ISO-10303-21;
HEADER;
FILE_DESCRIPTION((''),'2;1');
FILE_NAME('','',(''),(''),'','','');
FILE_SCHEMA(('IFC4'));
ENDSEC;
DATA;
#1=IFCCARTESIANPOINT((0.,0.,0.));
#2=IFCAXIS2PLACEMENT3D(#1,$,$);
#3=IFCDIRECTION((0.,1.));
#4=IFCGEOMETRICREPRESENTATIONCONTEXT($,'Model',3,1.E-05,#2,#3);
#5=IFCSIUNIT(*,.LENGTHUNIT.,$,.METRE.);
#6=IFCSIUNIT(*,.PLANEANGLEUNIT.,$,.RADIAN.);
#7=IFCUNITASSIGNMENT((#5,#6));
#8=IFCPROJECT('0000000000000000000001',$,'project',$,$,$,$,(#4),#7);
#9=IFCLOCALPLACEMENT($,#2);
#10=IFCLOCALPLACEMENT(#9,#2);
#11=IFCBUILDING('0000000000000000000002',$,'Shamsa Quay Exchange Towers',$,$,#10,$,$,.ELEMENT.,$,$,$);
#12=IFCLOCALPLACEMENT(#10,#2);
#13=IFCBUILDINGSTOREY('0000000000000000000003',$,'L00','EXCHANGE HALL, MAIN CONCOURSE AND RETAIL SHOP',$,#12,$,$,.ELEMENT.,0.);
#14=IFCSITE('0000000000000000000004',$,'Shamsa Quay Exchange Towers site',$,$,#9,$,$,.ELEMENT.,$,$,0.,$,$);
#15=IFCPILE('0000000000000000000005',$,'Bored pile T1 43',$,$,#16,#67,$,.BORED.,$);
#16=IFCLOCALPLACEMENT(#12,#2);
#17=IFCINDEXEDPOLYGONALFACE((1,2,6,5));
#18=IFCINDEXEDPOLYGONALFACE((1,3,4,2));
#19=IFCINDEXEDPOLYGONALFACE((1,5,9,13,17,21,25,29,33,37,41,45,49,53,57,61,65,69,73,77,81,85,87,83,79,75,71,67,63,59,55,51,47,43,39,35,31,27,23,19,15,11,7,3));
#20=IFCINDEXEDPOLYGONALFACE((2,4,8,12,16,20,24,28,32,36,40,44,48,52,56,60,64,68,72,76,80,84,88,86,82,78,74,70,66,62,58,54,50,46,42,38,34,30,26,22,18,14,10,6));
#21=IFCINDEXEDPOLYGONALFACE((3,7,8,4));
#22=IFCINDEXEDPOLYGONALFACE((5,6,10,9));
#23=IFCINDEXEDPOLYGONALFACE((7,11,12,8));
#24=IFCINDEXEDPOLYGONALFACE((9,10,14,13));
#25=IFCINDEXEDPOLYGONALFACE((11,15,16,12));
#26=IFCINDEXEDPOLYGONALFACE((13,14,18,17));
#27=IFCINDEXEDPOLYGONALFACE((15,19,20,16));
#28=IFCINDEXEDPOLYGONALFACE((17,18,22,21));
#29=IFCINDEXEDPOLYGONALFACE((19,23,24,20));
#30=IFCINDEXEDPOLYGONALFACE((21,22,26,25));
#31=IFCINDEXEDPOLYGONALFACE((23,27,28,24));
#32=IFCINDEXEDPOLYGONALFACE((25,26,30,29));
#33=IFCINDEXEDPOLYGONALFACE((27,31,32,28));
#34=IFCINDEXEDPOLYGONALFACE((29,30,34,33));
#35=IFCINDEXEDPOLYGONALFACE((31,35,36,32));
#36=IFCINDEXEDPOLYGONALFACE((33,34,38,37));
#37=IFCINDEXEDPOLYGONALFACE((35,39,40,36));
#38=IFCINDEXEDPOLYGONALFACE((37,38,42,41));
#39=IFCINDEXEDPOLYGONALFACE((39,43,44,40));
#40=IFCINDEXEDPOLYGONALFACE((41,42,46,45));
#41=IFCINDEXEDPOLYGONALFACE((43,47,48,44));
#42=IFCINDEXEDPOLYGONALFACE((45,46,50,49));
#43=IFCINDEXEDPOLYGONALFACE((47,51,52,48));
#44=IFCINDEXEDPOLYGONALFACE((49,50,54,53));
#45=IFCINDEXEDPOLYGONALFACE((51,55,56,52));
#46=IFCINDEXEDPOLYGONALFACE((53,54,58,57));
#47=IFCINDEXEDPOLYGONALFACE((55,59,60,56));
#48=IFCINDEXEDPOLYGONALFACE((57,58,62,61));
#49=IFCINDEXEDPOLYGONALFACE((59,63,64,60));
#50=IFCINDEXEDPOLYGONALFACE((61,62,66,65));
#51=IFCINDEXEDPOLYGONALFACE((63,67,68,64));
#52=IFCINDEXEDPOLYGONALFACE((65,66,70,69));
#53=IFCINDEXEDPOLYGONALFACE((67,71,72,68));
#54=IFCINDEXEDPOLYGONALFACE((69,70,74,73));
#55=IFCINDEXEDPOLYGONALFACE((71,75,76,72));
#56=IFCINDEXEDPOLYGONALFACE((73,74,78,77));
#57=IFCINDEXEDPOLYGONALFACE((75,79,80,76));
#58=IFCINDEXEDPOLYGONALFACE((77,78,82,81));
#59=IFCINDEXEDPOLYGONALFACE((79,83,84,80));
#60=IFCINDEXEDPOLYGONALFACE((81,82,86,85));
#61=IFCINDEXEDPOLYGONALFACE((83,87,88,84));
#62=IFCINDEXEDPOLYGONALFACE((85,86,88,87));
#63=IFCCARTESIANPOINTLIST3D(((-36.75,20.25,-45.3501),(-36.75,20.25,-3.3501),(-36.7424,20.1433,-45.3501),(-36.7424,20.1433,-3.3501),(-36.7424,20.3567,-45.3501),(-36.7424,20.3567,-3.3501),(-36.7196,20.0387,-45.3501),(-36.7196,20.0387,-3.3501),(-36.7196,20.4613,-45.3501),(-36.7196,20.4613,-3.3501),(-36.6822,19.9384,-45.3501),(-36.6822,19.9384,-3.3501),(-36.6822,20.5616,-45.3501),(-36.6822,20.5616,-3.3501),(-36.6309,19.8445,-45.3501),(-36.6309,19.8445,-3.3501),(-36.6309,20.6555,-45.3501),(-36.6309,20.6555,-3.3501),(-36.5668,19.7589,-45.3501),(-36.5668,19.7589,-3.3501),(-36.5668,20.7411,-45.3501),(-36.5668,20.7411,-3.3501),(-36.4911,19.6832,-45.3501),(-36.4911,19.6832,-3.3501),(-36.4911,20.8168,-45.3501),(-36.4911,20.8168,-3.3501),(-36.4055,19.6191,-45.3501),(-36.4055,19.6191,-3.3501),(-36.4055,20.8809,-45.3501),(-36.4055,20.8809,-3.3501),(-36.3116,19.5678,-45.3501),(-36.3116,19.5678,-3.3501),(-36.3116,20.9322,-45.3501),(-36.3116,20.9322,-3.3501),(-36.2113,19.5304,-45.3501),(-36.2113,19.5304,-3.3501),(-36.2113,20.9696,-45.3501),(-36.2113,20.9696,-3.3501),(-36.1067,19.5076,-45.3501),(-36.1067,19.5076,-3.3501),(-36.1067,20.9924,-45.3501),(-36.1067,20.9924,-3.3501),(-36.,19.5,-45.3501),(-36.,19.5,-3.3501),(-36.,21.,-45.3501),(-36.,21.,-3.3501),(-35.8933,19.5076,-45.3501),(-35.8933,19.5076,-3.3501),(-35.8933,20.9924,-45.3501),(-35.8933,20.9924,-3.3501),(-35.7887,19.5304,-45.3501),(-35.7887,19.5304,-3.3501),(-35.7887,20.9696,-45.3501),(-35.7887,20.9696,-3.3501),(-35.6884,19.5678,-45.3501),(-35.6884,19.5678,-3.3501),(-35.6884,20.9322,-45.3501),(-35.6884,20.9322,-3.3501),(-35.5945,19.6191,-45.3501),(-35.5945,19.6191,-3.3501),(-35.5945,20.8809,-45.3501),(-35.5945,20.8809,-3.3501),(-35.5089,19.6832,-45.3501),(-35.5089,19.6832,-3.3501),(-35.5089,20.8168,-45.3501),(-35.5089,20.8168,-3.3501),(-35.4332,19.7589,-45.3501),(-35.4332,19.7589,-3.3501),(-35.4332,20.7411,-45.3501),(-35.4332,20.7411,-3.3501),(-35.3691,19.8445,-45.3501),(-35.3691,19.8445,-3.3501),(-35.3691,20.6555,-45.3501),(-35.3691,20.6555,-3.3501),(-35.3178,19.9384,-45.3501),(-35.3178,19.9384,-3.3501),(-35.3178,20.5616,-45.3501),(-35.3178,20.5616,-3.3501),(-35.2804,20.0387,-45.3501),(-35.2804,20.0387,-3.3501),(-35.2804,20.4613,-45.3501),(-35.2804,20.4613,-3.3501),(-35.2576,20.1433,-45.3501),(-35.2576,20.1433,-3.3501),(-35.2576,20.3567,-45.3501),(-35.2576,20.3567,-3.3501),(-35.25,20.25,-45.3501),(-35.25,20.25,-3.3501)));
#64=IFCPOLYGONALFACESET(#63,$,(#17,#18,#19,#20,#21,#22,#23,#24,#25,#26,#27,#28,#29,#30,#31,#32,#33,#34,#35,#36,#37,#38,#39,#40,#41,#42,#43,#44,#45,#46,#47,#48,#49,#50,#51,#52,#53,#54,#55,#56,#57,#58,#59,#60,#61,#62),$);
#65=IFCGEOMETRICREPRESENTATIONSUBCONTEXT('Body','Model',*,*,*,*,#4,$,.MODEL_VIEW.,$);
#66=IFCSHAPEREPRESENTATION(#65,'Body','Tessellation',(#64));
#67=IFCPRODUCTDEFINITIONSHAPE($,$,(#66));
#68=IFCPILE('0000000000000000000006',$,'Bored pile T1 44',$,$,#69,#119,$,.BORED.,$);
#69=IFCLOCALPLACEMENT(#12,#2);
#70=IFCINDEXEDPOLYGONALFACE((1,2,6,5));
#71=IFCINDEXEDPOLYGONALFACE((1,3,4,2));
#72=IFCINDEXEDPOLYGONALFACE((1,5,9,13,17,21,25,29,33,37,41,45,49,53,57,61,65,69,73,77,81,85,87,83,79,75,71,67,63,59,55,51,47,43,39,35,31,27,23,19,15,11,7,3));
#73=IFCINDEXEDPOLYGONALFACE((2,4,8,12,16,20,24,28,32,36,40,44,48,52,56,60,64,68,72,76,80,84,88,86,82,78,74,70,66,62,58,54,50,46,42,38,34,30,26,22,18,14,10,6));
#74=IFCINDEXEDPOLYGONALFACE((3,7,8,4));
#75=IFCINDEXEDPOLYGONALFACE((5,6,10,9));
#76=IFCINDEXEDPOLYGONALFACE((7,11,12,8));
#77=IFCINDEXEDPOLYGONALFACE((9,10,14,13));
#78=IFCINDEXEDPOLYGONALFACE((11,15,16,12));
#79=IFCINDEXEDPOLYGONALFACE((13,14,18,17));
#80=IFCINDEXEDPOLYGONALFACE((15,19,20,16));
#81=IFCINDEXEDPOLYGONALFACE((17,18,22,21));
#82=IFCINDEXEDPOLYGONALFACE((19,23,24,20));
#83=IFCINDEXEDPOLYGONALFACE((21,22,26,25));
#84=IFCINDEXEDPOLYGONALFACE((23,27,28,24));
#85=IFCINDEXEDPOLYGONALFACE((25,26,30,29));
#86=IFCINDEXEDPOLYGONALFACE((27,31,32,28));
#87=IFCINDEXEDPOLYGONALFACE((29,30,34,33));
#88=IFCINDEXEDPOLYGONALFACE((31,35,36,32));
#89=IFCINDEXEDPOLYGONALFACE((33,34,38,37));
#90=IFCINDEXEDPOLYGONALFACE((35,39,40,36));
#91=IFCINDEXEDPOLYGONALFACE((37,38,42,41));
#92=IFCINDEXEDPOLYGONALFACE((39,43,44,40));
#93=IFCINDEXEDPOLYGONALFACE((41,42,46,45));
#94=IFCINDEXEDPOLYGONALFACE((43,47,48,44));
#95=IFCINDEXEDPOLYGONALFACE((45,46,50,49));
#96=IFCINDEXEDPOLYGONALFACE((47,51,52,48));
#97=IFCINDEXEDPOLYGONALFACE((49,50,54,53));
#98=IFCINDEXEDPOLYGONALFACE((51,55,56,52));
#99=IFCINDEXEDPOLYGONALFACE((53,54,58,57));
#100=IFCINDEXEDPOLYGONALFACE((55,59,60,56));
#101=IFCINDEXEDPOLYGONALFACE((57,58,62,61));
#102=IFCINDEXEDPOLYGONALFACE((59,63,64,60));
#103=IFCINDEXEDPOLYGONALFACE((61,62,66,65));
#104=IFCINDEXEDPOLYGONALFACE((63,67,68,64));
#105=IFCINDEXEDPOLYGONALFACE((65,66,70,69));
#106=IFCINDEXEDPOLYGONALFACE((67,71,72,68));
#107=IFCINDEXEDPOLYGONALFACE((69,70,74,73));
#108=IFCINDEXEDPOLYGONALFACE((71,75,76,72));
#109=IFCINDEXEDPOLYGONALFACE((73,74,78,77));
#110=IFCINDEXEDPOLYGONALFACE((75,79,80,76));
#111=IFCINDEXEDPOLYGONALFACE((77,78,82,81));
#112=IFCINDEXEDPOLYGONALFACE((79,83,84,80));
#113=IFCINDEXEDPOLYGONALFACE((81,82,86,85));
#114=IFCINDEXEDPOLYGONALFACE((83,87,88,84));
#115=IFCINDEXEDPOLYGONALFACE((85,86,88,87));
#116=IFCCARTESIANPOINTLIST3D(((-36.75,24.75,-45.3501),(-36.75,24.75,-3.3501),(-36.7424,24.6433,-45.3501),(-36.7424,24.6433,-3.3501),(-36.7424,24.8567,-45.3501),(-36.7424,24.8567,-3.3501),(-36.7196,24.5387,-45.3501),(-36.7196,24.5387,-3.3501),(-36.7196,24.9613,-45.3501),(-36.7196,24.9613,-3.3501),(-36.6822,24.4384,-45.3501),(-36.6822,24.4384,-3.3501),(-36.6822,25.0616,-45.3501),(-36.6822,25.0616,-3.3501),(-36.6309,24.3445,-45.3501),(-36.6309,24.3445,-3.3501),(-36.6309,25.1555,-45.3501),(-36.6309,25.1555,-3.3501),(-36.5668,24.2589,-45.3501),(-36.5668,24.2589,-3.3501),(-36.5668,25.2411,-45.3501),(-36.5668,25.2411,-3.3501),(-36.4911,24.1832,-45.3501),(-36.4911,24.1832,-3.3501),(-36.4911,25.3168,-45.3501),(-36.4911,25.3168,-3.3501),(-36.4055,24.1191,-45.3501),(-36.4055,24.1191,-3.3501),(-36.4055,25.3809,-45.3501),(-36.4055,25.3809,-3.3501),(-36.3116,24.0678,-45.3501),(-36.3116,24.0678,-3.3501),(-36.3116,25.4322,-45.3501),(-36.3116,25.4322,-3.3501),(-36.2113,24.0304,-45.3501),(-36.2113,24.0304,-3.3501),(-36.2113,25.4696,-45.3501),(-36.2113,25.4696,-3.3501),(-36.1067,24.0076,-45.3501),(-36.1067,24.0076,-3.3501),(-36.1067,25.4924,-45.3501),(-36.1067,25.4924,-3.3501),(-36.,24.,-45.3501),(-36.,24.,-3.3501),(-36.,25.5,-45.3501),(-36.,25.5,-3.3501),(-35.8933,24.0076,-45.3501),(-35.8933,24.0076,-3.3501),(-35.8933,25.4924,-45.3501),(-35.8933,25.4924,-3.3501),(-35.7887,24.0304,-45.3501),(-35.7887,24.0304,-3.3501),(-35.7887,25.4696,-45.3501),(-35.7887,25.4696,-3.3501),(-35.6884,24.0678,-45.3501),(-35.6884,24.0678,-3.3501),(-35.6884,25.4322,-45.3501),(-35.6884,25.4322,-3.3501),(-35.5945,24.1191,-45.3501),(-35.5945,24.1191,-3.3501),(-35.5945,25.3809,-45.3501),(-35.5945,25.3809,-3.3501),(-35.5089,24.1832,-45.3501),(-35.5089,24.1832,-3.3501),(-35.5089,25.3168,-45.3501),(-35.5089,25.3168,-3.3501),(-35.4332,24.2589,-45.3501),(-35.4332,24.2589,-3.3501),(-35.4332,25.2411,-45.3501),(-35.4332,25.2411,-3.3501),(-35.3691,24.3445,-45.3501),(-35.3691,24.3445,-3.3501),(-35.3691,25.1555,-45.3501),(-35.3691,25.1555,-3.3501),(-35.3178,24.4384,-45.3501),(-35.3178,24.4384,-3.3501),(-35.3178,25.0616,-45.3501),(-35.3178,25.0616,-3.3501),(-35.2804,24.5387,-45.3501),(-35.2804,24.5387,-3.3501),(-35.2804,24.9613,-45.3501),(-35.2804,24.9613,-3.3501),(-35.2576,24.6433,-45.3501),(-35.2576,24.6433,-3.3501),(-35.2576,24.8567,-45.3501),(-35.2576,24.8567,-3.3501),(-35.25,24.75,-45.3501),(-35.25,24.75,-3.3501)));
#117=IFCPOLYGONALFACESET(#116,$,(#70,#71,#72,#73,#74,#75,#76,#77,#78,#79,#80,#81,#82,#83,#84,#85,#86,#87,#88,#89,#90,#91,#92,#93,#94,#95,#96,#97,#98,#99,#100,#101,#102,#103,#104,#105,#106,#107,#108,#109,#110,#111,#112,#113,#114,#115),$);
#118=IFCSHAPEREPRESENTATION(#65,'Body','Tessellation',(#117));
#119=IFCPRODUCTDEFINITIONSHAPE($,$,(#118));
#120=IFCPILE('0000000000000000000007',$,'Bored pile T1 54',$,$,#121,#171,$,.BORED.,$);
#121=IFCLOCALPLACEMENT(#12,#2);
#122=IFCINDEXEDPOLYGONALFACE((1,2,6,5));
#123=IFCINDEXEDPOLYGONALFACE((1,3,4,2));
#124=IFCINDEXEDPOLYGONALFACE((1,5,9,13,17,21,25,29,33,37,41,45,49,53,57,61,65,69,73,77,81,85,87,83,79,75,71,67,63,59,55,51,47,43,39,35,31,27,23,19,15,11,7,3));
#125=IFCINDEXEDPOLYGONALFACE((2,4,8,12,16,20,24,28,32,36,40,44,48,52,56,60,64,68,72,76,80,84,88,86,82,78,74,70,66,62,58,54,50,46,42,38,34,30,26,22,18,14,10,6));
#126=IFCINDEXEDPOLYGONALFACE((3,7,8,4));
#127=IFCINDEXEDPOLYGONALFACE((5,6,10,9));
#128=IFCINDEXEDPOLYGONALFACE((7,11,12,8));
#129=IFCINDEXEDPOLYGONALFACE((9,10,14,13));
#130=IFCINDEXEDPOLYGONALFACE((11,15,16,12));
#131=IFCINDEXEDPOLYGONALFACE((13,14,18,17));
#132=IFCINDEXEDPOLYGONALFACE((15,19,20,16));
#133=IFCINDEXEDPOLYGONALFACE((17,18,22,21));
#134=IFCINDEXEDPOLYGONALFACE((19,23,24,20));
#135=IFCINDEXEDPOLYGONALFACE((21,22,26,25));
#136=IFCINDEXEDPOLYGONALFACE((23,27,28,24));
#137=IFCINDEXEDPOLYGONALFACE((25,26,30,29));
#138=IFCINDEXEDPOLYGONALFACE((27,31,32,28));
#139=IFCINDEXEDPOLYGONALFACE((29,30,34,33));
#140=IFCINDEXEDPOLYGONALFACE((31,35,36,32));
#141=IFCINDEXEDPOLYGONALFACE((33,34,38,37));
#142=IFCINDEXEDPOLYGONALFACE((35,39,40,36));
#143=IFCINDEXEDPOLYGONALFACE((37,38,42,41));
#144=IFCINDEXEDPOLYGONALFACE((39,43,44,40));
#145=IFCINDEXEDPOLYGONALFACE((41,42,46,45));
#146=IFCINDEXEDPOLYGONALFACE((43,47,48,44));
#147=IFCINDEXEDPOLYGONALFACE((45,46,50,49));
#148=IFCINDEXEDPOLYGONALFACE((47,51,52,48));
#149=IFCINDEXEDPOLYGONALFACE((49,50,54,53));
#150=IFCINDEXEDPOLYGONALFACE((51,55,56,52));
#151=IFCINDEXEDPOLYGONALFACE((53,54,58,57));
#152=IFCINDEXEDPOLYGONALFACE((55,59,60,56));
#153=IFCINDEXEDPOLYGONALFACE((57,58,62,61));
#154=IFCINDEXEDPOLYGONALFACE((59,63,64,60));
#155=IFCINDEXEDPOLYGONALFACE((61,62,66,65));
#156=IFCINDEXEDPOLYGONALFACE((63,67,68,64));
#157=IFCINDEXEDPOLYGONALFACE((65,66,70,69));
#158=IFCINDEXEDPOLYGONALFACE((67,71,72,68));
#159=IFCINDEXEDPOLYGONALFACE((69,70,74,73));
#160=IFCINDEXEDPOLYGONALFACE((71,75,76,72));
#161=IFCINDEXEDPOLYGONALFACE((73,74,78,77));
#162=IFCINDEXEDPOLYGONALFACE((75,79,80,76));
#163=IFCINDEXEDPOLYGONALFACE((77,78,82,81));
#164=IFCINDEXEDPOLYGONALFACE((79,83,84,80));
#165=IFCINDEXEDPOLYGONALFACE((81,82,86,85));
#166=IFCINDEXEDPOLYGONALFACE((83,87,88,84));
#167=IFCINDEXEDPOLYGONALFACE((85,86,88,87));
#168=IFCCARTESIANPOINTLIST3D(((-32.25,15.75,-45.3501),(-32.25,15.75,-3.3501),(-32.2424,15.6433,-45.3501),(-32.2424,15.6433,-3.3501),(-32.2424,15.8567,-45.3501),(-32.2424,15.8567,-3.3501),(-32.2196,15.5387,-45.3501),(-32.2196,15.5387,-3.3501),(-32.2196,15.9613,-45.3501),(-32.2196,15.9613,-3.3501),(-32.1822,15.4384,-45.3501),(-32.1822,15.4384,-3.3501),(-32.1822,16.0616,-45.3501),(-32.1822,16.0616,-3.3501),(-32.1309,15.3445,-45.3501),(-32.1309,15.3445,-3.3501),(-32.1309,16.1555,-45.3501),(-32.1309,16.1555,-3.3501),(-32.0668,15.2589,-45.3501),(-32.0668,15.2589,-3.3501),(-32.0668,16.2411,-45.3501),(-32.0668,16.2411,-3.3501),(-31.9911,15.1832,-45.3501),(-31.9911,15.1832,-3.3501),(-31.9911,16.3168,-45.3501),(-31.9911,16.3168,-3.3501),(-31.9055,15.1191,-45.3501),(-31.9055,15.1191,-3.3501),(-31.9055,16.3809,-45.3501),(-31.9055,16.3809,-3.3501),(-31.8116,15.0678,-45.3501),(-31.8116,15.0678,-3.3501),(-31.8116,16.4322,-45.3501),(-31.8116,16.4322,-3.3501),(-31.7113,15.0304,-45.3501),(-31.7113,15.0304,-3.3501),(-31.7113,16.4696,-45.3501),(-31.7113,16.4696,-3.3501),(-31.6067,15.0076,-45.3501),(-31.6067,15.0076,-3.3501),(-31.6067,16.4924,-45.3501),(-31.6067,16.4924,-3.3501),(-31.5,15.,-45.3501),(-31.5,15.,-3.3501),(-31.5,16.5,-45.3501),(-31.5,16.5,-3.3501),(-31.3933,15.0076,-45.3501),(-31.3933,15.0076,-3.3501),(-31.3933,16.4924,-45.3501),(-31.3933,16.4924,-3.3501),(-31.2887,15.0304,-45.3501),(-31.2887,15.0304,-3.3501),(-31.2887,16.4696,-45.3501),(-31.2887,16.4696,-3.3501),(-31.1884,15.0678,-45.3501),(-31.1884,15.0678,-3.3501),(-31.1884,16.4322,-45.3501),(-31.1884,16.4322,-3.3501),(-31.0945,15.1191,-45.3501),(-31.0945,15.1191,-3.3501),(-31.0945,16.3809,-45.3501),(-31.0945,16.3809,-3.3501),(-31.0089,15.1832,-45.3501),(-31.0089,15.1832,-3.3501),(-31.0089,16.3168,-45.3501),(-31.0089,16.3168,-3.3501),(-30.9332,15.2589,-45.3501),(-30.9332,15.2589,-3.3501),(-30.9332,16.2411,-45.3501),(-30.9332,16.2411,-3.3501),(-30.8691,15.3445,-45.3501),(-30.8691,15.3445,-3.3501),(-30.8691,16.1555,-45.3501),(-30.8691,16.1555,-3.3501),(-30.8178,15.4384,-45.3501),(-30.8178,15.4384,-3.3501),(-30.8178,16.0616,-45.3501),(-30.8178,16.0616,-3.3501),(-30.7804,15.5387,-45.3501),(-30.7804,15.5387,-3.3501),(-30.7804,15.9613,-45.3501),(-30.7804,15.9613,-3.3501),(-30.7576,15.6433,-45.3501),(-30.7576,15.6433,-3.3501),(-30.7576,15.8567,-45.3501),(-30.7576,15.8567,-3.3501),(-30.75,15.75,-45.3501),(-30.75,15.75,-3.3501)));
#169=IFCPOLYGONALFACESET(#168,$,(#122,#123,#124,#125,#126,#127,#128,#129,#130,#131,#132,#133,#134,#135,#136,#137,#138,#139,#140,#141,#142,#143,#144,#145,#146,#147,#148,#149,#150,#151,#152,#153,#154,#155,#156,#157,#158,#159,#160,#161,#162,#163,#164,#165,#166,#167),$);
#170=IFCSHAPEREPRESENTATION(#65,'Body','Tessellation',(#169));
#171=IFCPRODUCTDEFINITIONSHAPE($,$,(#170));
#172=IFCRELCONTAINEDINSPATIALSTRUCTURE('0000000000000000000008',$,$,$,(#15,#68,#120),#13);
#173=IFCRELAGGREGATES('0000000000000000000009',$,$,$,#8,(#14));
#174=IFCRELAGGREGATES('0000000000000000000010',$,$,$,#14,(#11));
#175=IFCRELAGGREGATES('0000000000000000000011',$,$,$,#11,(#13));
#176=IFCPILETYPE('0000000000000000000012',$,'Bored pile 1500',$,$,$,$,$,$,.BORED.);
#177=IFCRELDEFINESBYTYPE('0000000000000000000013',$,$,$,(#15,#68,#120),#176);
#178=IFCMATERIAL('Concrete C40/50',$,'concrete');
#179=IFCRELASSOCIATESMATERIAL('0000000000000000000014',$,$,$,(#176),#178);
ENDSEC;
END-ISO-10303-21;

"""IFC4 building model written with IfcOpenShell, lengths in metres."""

from ifc_helpers import new_model, si_unit, direction, frame, origin, origin_2d, place, context, subcontext, project, spatial, circle, extrude, material, material_profile, profile_set, type_object, element, save


model = new_model("IFC4")

# Units and contexts
model_context = context("Model", 3, precision=1e-05, world=origin(), true_north=direction((0.0, 1.0)))
body_context = subcontext(model_context, "Body", "Model", "MODEL_VIEW")
ifc_project = project(units=[si_unit("LENGTHUNIT", "METRE"), si_unit("PLANEANGLEUNIT", "RADIAN")], contexts=[model_context])

# Site, building, storey
site_placement = place(None, origin())
site = spatial("IfcSite", under=ifc_project, at=site_placement, Name="Shamsa Quay Exchange Towers site", CompositionType="ELEMENT", RefElevation=0.0)
building_placement = place(site_placement, origin())
building = spatial("IfcBuilding", under=site, at=building_placement, Name="Shamsa Quay Exchange Towers", CompositionType="ELEMENT")
storey_placement = place(building_placement, origin())
storey = spatial("IfcBuildingStorey", under=building, at=storey_placement, Name="L00", Description="EXCHANGE HALL, MAIN CONCOURSE AND RETAIL SHOP", CompositionType="ELEMENT", Elevation=0.0)

# Piles
ifc_material_1 = material(Name="Concrete C40/50", Category="concrete")
ifc_material_profile_1 = material_profile(ifc_material_1, circle(Radius=0.75, at=origin_2d()), Name="BP1500")
ifc_profile_set_1 = profile_set([ifc_material_profile_1], Name="Concrete C40/50")
pile_type_1 = type_object("IfcPileType", Name="Bored pile 1500", PredefinedType="BORED", material=ifc_profile_set_1)
for number, where, z_axis, x_axis, name in (
    (1, (-36.0, 20.25, -3.3501), (0.0, 0.0, -1.0), (1.0, 0.0, 0.0), "Bored pile T1 43"),
    (2, (-36.0, 24.75, -3.3501), (0.0, 0.0, -1.0), (1.0, 0.0, 0.0), "Bored pile T1 44"),
    (3, (-31.5, 15.75, -3.3501), (0.0, 0.0, -1.0), (1.0, 0.0, 0.0), "Bored pile T1 54"),
):
    element("IfcPile", number, at=place(storey_placement, frame(where, z_axis=z_axis, x_axis=x_axis)), inside=storey, type_object=pile_type_1, Name=name, PredefinedType="BORED", context=body_context, shape_type="SweptSolid", body=[
        extrude(circle(Radius=0.75, at=origin_2d()), origin(), (0.0, 0.0, 1.0), 42.0),
    ])

save(model, "model.ifc")
